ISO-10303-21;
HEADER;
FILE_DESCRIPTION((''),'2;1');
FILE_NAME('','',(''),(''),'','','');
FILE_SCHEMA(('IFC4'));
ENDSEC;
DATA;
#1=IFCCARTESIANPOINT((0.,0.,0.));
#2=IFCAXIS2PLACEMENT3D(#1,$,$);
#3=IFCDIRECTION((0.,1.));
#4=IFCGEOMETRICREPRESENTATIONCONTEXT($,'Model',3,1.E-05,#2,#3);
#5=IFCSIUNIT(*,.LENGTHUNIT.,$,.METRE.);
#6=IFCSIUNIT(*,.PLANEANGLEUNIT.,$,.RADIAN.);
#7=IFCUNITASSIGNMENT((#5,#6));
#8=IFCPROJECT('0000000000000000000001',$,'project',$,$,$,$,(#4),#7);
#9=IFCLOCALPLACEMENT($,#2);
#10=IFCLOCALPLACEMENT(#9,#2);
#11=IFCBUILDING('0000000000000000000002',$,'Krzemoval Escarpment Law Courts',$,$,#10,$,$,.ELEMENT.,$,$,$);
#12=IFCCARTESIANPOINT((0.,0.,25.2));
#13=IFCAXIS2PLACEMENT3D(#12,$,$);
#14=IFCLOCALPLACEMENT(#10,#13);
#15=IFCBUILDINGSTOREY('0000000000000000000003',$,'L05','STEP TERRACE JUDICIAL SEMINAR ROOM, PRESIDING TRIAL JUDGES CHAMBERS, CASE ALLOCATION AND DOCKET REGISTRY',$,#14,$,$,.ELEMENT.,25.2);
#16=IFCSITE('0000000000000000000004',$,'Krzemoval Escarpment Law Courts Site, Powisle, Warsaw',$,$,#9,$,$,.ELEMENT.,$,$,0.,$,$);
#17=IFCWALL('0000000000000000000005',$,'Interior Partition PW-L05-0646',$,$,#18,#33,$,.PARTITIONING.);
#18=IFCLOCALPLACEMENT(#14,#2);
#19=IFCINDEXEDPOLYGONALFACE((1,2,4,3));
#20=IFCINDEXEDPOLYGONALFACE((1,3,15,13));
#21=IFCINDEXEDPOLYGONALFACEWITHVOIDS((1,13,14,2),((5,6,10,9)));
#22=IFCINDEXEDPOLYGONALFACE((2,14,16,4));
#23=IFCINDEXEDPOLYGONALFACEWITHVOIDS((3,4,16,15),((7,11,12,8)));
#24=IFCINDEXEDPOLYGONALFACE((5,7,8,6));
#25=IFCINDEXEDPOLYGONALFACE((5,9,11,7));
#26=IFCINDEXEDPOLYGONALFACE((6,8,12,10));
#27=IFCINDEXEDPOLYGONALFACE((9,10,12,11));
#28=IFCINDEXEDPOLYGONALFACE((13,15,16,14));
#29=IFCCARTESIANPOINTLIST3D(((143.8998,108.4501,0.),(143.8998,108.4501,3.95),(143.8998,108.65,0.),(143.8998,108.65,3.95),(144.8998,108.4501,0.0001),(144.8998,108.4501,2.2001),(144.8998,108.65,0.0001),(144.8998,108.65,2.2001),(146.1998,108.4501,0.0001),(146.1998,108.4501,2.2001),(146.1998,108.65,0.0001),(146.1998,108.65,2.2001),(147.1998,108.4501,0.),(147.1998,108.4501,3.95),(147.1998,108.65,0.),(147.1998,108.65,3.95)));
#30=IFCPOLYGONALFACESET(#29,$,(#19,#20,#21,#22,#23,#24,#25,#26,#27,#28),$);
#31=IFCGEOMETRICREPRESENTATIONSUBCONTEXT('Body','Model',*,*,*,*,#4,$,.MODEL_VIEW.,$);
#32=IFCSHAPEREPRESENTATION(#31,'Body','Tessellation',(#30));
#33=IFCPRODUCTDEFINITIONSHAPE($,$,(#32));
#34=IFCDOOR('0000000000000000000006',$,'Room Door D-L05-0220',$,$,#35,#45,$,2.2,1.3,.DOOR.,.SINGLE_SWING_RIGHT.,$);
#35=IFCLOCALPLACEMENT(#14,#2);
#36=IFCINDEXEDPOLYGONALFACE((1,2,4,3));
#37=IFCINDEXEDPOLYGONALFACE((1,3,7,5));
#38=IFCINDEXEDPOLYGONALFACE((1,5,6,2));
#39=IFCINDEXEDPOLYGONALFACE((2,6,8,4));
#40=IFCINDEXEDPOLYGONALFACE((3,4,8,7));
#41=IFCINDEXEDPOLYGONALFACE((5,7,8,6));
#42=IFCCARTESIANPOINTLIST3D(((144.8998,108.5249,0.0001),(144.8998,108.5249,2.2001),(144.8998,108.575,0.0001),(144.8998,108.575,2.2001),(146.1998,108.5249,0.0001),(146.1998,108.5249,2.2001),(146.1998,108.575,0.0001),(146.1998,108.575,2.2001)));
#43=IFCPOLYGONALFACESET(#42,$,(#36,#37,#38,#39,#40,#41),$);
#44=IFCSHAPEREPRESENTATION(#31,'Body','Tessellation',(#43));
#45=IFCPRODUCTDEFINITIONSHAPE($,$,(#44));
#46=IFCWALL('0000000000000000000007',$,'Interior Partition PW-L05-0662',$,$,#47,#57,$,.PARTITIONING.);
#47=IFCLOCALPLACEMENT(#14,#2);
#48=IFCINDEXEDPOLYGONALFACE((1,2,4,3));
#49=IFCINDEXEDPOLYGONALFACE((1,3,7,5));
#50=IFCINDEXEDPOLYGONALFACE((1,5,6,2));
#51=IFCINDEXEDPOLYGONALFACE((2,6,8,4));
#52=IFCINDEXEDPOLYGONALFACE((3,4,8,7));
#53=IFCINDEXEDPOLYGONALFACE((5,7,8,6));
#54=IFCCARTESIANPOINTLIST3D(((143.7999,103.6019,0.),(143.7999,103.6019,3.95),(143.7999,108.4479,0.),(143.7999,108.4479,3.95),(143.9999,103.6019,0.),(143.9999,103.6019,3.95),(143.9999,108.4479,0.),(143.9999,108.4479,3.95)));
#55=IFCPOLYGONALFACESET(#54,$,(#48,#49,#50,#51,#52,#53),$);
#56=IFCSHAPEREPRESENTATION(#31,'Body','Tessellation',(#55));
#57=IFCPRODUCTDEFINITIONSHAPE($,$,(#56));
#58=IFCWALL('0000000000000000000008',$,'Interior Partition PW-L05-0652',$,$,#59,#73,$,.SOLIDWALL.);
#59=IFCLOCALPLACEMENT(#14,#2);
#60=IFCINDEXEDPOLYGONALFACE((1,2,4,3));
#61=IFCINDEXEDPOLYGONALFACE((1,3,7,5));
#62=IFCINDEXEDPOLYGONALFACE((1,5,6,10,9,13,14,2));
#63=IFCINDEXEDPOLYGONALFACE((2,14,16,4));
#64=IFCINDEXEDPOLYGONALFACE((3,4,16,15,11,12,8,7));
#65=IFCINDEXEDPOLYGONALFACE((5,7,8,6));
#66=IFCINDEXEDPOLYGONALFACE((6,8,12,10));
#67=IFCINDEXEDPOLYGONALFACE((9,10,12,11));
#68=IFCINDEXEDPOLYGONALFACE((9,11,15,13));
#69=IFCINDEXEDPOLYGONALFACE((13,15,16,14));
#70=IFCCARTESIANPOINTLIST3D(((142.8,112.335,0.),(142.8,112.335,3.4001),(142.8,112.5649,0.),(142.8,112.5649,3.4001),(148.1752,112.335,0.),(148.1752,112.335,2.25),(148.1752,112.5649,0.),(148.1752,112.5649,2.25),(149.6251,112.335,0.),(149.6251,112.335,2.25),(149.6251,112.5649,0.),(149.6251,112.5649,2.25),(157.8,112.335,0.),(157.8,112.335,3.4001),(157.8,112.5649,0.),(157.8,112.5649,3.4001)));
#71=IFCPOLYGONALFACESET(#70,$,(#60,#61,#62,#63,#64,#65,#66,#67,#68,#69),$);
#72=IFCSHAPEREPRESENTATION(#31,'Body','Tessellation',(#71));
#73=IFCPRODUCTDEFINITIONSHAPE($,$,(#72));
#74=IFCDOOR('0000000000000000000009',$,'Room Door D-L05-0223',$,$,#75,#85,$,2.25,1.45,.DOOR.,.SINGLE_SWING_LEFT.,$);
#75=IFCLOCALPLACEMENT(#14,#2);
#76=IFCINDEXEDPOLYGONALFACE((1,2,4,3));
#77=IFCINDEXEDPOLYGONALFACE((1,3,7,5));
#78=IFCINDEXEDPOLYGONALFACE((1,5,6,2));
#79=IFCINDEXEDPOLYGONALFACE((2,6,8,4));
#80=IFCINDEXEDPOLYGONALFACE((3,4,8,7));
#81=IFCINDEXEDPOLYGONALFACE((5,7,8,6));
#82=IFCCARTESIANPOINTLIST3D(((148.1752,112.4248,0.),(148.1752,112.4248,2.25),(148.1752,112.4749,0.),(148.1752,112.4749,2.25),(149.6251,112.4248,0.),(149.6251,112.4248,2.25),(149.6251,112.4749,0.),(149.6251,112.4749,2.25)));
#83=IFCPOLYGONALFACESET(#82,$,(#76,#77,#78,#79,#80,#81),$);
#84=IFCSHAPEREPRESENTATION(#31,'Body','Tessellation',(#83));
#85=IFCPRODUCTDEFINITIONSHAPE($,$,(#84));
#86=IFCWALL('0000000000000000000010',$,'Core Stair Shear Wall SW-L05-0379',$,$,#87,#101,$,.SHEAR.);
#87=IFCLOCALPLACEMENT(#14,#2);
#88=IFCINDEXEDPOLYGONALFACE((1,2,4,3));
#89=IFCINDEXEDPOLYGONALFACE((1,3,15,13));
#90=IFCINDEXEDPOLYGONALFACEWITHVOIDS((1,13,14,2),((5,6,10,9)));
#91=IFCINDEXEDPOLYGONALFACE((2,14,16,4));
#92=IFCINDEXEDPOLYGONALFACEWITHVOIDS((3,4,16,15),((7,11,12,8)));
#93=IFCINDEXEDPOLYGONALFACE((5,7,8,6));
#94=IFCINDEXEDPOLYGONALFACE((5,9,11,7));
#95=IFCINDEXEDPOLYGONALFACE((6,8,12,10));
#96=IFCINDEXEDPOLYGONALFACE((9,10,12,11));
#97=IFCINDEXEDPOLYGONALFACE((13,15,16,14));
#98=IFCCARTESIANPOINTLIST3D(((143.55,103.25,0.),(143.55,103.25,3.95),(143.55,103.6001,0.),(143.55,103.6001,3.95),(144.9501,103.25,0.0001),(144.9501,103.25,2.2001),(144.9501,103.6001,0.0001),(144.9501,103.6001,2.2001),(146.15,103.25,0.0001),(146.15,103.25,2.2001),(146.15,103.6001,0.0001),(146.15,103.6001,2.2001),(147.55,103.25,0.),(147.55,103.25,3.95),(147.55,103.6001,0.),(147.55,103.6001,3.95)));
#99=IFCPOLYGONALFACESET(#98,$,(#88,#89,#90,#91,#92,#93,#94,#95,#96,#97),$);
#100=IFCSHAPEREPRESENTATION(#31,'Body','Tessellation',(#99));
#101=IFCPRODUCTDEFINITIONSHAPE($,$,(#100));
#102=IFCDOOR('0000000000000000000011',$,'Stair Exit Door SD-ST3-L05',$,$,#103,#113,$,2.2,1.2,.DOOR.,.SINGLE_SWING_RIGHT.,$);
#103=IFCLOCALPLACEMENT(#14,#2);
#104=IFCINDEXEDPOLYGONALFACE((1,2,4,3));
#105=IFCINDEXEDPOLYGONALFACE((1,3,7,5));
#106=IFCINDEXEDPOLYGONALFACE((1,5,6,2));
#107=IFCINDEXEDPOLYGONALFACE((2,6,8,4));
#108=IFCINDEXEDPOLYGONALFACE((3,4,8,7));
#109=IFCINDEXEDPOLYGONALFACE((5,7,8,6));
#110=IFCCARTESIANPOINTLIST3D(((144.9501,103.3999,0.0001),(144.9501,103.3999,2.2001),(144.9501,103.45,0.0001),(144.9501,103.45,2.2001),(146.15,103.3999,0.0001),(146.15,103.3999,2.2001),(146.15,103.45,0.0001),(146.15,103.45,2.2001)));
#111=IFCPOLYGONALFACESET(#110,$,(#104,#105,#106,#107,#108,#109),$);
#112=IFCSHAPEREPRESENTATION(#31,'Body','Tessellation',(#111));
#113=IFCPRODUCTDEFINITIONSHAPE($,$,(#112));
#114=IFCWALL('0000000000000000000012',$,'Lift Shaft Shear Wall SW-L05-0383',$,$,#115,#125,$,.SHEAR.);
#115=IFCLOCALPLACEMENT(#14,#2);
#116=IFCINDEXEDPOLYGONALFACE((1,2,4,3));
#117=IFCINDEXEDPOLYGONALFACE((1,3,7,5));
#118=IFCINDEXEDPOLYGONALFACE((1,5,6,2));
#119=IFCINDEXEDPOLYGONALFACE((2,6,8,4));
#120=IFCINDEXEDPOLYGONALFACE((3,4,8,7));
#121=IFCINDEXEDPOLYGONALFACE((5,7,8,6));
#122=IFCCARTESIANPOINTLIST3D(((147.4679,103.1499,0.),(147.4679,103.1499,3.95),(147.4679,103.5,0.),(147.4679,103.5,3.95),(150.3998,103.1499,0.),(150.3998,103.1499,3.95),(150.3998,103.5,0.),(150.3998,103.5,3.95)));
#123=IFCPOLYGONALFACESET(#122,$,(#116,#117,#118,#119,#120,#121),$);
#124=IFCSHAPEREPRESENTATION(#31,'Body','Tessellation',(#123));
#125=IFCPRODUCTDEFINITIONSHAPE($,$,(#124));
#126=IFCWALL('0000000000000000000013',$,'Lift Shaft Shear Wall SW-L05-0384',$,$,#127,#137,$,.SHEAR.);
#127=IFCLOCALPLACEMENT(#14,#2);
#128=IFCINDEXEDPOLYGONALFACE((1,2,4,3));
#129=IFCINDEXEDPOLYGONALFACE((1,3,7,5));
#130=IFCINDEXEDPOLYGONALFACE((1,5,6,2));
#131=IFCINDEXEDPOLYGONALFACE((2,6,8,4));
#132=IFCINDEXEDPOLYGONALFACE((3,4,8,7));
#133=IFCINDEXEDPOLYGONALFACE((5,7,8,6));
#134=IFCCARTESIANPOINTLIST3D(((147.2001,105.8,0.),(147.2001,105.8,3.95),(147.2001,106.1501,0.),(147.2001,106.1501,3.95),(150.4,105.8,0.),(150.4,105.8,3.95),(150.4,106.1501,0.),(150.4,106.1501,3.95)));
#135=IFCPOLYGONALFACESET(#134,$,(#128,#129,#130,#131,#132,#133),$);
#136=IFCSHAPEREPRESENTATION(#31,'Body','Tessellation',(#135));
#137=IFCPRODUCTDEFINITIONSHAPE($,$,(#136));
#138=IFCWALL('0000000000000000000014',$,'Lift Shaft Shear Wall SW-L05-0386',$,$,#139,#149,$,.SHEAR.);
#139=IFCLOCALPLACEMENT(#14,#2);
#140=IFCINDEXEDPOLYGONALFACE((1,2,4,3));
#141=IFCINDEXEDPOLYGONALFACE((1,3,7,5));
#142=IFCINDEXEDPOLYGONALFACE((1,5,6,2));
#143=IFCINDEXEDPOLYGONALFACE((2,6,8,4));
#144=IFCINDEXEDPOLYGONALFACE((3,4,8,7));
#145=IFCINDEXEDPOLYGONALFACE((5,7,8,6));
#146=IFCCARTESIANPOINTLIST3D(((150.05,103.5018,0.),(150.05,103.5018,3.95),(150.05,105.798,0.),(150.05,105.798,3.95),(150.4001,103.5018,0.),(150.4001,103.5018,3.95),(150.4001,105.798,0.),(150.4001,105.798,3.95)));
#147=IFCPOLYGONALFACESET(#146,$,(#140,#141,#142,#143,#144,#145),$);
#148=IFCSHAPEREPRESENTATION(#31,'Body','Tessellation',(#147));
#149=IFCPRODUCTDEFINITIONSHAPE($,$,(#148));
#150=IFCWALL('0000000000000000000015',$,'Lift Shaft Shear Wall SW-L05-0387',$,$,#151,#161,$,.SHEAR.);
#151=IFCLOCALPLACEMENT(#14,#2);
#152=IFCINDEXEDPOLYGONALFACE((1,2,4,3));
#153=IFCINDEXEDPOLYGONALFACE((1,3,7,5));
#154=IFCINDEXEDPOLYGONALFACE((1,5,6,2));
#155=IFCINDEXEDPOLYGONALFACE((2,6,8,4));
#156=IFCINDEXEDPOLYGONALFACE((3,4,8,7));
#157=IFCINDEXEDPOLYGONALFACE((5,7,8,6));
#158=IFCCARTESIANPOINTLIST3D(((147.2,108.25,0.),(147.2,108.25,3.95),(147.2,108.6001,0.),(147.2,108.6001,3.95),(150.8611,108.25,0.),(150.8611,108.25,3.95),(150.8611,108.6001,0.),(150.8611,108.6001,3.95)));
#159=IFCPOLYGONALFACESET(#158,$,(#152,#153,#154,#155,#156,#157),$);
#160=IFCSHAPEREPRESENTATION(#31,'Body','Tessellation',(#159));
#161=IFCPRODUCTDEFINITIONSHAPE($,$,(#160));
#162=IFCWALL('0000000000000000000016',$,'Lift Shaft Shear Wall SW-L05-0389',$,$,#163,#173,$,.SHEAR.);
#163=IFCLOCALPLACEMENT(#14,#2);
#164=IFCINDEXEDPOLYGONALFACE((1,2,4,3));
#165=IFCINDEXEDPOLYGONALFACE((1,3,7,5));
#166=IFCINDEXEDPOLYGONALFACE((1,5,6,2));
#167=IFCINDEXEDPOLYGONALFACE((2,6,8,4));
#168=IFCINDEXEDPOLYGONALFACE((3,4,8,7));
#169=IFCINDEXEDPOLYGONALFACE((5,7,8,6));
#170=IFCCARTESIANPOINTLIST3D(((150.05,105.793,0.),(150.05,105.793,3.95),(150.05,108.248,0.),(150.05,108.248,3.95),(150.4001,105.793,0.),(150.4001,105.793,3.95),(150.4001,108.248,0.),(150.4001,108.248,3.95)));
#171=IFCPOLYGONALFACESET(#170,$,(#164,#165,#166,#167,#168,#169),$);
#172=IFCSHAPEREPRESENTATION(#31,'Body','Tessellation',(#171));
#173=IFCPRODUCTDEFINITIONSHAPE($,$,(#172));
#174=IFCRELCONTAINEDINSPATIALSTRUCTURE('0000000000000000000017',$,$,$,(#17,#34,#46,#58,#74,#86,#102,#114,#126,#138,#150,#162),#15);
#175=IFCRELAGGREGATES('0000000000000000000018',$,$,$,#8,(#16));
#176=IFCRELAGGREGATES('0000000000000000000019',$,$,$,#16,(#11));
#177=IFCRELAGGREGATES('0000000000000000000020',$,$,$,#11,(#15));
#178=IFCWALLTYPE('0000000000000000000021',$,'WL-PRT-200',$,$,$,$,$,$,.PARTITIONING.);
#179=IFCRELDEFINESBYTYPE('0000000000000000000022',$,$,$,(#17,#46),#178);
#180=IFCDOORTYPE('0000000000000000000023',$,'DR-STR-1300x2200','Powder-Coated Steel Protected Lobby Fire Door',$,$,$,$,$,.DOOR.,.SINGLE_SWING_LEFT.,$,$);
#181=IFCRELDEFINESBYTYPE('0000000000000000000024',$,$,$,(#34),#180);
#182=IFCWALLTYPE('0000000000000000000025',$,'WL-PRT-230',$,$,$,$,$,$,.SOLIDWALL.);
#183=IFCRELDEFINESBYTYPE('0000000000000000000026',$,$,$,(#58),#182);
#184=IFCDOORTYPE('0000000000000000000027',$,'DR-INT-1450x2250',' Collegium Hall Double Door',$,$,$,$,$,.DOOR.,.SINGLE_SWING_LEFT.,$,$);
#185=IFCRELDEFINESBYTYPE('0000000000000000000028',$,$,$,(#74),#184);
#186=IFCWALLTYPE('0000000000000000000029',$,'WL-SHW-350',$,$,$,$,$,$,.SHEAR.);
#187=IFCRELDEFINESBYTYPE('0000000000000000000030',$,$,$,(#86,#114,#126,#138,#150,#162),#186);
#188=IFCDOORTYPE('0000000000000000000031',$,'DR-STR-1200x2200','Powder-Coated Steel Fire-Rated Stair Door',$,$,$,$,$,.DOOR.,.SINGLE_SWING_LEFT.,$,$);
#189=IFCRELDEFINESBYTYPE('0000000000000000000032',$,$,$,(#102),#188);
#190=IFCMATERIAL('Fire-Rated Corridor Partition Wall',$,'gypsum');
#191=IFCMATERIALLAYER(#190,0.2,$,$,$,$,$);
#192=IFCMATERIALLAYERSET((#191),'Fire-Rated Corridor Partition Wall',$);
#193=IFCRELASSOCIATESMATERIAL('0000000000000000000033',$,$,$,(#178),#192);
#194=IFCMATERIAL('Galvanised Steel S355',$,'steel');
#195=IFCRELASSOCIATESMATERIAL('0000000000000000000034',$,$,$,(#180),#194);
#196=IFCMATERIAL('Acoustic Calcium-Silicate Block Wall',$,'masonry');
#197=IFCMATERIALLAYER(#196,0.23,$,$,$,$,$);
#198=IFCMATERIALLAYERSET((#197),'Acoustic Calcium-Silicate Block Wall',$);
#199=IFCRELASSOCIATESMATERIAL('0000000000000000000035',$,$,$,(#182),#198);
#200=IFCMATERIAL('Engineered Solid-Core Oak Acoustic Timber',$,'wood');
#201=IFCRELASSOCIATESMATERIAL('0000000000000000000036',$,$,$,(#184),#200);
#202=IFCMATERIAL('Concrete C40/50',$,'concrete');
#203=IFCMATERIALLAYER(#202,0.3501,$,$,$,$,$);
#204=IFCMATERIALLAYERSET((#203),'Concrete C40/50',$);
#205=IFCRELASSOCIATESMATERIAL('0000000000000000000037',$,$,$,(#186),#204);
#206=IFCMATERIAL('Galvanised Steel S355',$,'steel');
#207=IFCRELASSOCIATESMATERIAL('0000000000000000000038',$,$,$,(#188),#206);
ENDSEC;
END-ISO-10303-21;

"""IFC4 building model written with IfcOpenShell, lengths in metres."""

from ifc_helpers import new_model, si_unit, direction, frame, frame_2d, origin, place, context, subcontext, project, spatial, rectangle, extrude, material, layer, layer_set, type_object, element, fill, save


model = new_model("IFC4")

# Units and contexts
model_context = context("Model", 3, precision=1e-05, world=origin(), true_north=direction((0.0, 1.0)))
body_context = subcontext(model_context, "Body", "Model", "MODEL_VIEW")
ifc_project = project(units=[si_unit("LENGTHUNIT", "METRE"), si_unit("PLANEANGLEUNIT", "RADIAN")], contexts=[model_context])

# Site, building, storey
site_placement = place(None, origin())
site = spatial("IfcSite", under=ifc_project, at=site_placement, Name="Krzemoval Escarpment Law Courts Site, Powisle, Warsaw", CompositionType="ELEMENT", RefElevation=0.0)
building_placement = place(site_placement, origin())
building = spatial("IfcBuilding", under=site, at=building_placement, Name="Krzemoval Escarpment Law Courts", CompositionType="ELEMENT")
storey_placement = place(building_placement, frame((0.0, 0.0, 25.2)))
storey = spatial("IfcBuildingStorey", under=building, at=storey_placement, Name="L05", Description="STEP TERRACE JUDICIAL SEMINAR ROOM, PRESIDING TRIAL JUDGES CHAMBERS, CASE ALLOCATION AND DOCKET REGISTRY", CompositionType="ELEMENT", Elevation=25.2)

# Wall, opening, door
ifc_material_1 = material(Name="Fire-Rated Corridor Partition Wall", Category="gypsum")
ifc_layer_1 = layer(ifc_material_1, 0.2)
ifc_layer_set_1 = layer_set([ifc_layer_1], Name="Fire-Rated Corridor Partition Wall")
wall_type_1 = type_object("IfcWallType", Name="WL-PRT-200", PredefinedType="PARTITIONING", material=ifc_layer_set_1)
wall_1_placement = place(storey_placement, frame((143.8999, 108.55, 0.0), z_axis=(0.0, 0.0, 1.0), x_axis=(1.0, 0.0, 0.0)))
wall_1 = element("IfcWall", 1, at=wall_1_placement, inside=storey, type_object=wall_type_1, Name="Interior Partition PW-L05-0646", PredefinedType="PARTITIONING", context=body_context, shape_type="SweptSolid", body=[
    extrude(rectangle(XDim=3.3, YDim=0.2, at=frame_2d((1.6499, 0.0))), origin(), (0.0, 0.0, 1.0), 3.95),
])
opening_1_placement = place(wall_1_placement, frame((1.0, 0.0, 0.0)))
opening_1 = element("IfcOpeningElement", 2, at=opening_1_placement, cuts=wall_1, PredefinedType="OPENING", context=body_context, shape_type="SweptSolid", body=[
    extrude(rectangle(XDim=1.3, YDim=2.2, at=frame_2d((0.6499, 1.1001))), frame((0.0, 0.115, 0.0), z_axis=(0.0, -1.0, 0.0), x_axis=(1.0, 0.0, 0.0)), (0.0, 0.0, 1.0), 0.2299),
])
ifc_material_2 = material(Name="Galvanised Steel S355", Category="steel")
door_type_1 = type_object("IfcDoorType", Name="DR-STR-1300x2200", Description="Powder-Coated Steel Protected Lobby Fire Door", OperationType="SINGLE_SWING_LEFT", PredefinedType="DOOR", material=ifc_material_2)
door_1_placement = place(opening_1_placement, origin())
door_1 = element("IfcDoor", 3, at=door_1_placement, inside=storey, type_object=door_type_1, Name="Room Door D-L05-0220", OperationType="SINGLE_SWING_RIGHT", OverallHeight=2.2, OverallWidth=1.3, PredefinedType="DOOR", context=body_context, shape_type="SweptSolid", body=[
    extrude(rectangle(XDim=1.3, YDim=2.2, at=frame_2d((0.6499, 1.1001))), frame((0.0, 0.0249, 0.0), z_axis=(0.0, -1.0, 0.0), x_axis=(1.0, 0.0, 0.0)), (0.0, 0.0, 1.0), 0.05),
])
fill(opening_1, door_1)

# Wall
wall_2_placement = place(storey_placement, frame((143.8999, 103.6021, 0.0), z_axis=(0.0, 0.0, 1.0), x_axis=(0.0, 1.0, 0.0)))
element("IfcWall", 4, at=wall_2_placement, inside=storey, type_object=wall_type_1, Name="Interior Partition PW-L05-0662", PredefinedType="PARTITIONING", context=body_context, shape_type="SweptSolid", body=[
    extrude(rectangle(XDim=4.8459, YDim=0.2, at=frame_2d((2.4229, 0.0))), origin(), (0.0, 0.0, 1.0), 3.95),
])

# Walls, openings, doors
ifc_material_3 = material(Name="Acoustic Calcium-Silicate Block Wall", Category="masonry")
ifc_layer_2 = layer(ifc_material_3, 0.23)
ifc_layer_set_2 = layer_set([ifc_layer_2], Name="Acoustic Calcium-Silicate Block Wall")
wall_type_2 = type_object("IfcWallType", Name="WL-PRT-230", PredefinedType="SOLIDWALL", material=ifc_layer_set_2)
wall_3_placement = place(storey_placement, frame((142.8, 112.45, 0.0), z_axis=(0.0, 0.0, 1.0), x_axis=(1.0, 0.0, 0.0)))
wall_3 = element("IfcWall", 5, at=wall_3_placement, inside=storey, type_object=wall_type_2, Name="Interior Partition PW-L05-0652", PredefinedType="SOLIDWALL", context=body_context, shape_type="SweptSolid", body=[
    extrude(rectangle(XDim=15.0, YDim=0.23, at=frame_2d((7.5, 0.0))), origin(), (0.0, 0.0, 1.0), 3.4001),
])
opening_2_placement = place(wall_3_placement, frame((5.375, 0.0, 0.0)))
opening_2 = element("IfcOpeningElement", 6, at=opening_2_placement, cuts=wall_3, PredefinedType="OPENING", context=body_context, shape_type="SweptSolid", body=[
    extrude(rectangle(XDim=1.45, YDim=2.25, at=frame_2d((0.7251, 1.125))), frame((0.0, 0.13, 0.0), z_axis=(0.0, -1.0, 0.0), x_axis=(1.0, 0.0, 0.0)), (0.0, 0.0, 1.0), 0.26),
])
ifc_material_4 = material(Name="Engineered Solid-Core Oak Acoustic Timber", Category="wood")
door_type_2 = type_object("IfcDoorType", Name="DR-INT-1450x2250", Description=" Collegium Hall Double Door", OperationType="SINGLE_SWING_LEFT", PredefinedType="DOOR", material=ifc_material_4)
door_2_placement = place(opening_2_placement, origin())
door_2 = element("IfcDoor", 7, at=door_2_placement, inside=storey, type_object=door_type_2, Name="Room Door D-L05-0223", OperationType="SINGLE_SWING_LEFT", OverallHeight=2.25, OverallWidth=1.45, PredefinedType="DOOR", context=body_context, shape_type="SweptSolid", body=[
    extrude(rectangle(XDim=1.45, YDim=2.25, at=frame_2d((0.7251, 1.125))), frame((0.0, 0.0249, 0.0), z_axis=(0.0, -1.0, 0.0), x_axis=(1.0, 0.0, 0.0)), (0.0, 0.0, 1.0), 0.05),
])
fill(opening_2, door_2)
ifc_material_5 = material(Name="Concrete C40/50", Category="concrete")
ifc_layer_3 = layer(ifc_material_5, 0.3501)
ifc_layer_set_3 = layer_set([ifc_layer_3], Name="Concrete C40/50")
wall_type_3 = type_object("IfcWallType", Name="WL-SHW-350", PredefinedType="SHEAR", material=ifc_layer_set_3)
wall_4_placement = place(storey_placement, frame((143.55, 103.425, 0.0), z_axis=(0.0, 0.0, 1.0), x_axis=(1.0, 0.0, 0.0)))
wall_4 = element("IfcWall", 8, at=wall_4_placement, inside=storey, type_object=wall_type_3, Name="Core Stair Shear Wall SW-L05-0379", PredefinedType="SHEAR", context=body_context, shape_type="SweptSolid", body=[
    extrude(rectangle(XDim=4.0, YDim=0.3501, at=frame_2d((2.0, 0.0))), origin(), (0.0, 0.0, 1.0), 3.95),
])
opening_3_placement = place(wall_4_placement, frame((1.3999, 0.0, 0.0)))
opening_3 = element("IfcOpeningElement", 9, at=opening_3_placement, cuts=wall_4, PredefinedType="OPENING", context=body_context, shape_type="SweptSolid", body=[
    extrude(rectangle(XDim=1.2, YDim=2.2, at=frame_2d((0.6001, 1.1001))), frame((0.0, 0.19, 0.0), z_axis=(0.0, -1.0, 0.0), x_axis=(1.0, 0.0, 0.0)), (0.0, 0.0, 1.0), 0.3801),
])
ifc_material_6 = material(Name="Galvanised Steel S355", Category="steel")
door_type_3 = type_object("IfcDoorType", Name="DR-STR-1200x2200", Description="Powder-Coated Steel Fire-Rated Stair Door", OperationType="SINGLE_SWING_LEFT", PredefinedType="DOOR", material=ifc_material_6)
door_3_placement = place(opening_3_placement, origin())
door_3 = element("IfcDoor", 10, at=door_3_placement, inside=storey, type_object=door_type_3, Name="Stair Exit Door SD-ST3-L05", OperationType="SINGLE_SWING_RIGHT", OverallHeight=2.2, OverallWidth=1.2, PredefinedType="DOOR", context=body_context, shape_type="SweptSolid", body=[
    extrude(rectangle(XDim=1.2, YDim=2.2, at=frame_2d((0.6001, 1.1001))), frame((0.0, 0.0249, 0.0), z_axis=(0.0, -1.0, 0.0), x_axis=(1.0, 0.0, 0.0)), (0.0, 0.0, 1.0), 0.05),
])
fill(opening_3, door_3)

# Walls
wall_5_placement = place(storey_placement, frame((147.468, 103.325, 0.0), z_axis=(0.0, 0.0, 1.0), x_axis=(1.0, 0.0, 0.0)))
element("IfcWall", 11, at=wall_5_placement, inside=storey, type_object=wall_type_3, Name="Lift Shaft Shear Wall SW-L05-0383", PredefinedType="SHEAR", context=body_context, shape_type="SweptSolid", body=[
    extrude(rectangle(XDim=2.9319, YDim=0.3501, at=frame_2d((1.4658, 0.0))), origin(), (0.0, 0.0, 1.0), 3.95),
])
wall_6_placement = place(storey_placement, frame((147.2, 105.9751, 0.0), z_axis=(0.0, 0.0, 1.0), x_axis=(1.0, 0.0, 0.0)))
element("IfcWall", 12, at=wall_6_placement, inside=storey, type_object=wall_type_3, Name="Lift Shaft Shear Wall SW-L05-0384", PredefinedType="SHEAR", context=body_context, shape_type="SweptSolid", body=[
    extrude(rectangle(XDim=3.2, YDim=0.3501, at=frame_2d((1.6001, 0.0))), origin(), (0.0, 0.0, 1.0), 3.95),
])

# Walls
wall_7_placement = place(storey_placement, frame((150.2251, 103.502, 0.0), z_axis=(0.0, 0.0, 1.0), x_axis=(0.0, 1.0, 0.0)))
element("IfcWall", 13, at=wall_7_placement, inside=storey, type_object=wall_type_3, Name="Lift Shaft Shear Wall SW-L05-0386", PredefinedType="SHEAR", context=body_context, shape_type="SweptSolid", body=[
    extrude(rectangle(XDim=2.2961, YDim=0.3501, at=frame_2d((1.1479, 0.0))), origin(), (0.0, 0.0, 1.0), 3.95),
])
wall_8_placement = place(storey_placement, frame((147.2, 108.425, 0.0), z_axis=(0.0, 0.0, 1.0), x_axis=(1.0, 0.0, 0.0)))
element("IfcWall", 14, at=wall_8_placement, inside=storey, type_object=wall_type_3, Name="Lift Shaft Shear Wall SW-L05-0387", PredefinedType="SHEAR", context=body_context, shape_type="SweptSolid", body=[
    extrude(rectangle(XDim=3.6611, YDim=0.3501, at=frame_2d((1.8306, 0.0))), origin(), (0.0, 0.0, 1.0), 3.95),
])

# Wall
wall_9_placement = place(storey_placement, frame((150.2251, 105.793, 0.0), z_axis=(0.0, 0.0, 1.0), x_axis=(0.0, 1.0, 0.0)))
element("IfcWall", 15, at=wall_9_placement, inside=storey, type_object=wall_type_3, Name="Lift Shaft Shear Wall SW-L05-0389", PredefinedType="SHEAR", context=body_context, shape_type="SweptSolid", body=[
    extrude(rectangle(XDim=2.4551, YDim=0.3501, at=frame_2d((1.2275, 0.0))), origin(), (0.0, 0.0, 1.0), 3.95),
])

save(model, "model.ifc")
